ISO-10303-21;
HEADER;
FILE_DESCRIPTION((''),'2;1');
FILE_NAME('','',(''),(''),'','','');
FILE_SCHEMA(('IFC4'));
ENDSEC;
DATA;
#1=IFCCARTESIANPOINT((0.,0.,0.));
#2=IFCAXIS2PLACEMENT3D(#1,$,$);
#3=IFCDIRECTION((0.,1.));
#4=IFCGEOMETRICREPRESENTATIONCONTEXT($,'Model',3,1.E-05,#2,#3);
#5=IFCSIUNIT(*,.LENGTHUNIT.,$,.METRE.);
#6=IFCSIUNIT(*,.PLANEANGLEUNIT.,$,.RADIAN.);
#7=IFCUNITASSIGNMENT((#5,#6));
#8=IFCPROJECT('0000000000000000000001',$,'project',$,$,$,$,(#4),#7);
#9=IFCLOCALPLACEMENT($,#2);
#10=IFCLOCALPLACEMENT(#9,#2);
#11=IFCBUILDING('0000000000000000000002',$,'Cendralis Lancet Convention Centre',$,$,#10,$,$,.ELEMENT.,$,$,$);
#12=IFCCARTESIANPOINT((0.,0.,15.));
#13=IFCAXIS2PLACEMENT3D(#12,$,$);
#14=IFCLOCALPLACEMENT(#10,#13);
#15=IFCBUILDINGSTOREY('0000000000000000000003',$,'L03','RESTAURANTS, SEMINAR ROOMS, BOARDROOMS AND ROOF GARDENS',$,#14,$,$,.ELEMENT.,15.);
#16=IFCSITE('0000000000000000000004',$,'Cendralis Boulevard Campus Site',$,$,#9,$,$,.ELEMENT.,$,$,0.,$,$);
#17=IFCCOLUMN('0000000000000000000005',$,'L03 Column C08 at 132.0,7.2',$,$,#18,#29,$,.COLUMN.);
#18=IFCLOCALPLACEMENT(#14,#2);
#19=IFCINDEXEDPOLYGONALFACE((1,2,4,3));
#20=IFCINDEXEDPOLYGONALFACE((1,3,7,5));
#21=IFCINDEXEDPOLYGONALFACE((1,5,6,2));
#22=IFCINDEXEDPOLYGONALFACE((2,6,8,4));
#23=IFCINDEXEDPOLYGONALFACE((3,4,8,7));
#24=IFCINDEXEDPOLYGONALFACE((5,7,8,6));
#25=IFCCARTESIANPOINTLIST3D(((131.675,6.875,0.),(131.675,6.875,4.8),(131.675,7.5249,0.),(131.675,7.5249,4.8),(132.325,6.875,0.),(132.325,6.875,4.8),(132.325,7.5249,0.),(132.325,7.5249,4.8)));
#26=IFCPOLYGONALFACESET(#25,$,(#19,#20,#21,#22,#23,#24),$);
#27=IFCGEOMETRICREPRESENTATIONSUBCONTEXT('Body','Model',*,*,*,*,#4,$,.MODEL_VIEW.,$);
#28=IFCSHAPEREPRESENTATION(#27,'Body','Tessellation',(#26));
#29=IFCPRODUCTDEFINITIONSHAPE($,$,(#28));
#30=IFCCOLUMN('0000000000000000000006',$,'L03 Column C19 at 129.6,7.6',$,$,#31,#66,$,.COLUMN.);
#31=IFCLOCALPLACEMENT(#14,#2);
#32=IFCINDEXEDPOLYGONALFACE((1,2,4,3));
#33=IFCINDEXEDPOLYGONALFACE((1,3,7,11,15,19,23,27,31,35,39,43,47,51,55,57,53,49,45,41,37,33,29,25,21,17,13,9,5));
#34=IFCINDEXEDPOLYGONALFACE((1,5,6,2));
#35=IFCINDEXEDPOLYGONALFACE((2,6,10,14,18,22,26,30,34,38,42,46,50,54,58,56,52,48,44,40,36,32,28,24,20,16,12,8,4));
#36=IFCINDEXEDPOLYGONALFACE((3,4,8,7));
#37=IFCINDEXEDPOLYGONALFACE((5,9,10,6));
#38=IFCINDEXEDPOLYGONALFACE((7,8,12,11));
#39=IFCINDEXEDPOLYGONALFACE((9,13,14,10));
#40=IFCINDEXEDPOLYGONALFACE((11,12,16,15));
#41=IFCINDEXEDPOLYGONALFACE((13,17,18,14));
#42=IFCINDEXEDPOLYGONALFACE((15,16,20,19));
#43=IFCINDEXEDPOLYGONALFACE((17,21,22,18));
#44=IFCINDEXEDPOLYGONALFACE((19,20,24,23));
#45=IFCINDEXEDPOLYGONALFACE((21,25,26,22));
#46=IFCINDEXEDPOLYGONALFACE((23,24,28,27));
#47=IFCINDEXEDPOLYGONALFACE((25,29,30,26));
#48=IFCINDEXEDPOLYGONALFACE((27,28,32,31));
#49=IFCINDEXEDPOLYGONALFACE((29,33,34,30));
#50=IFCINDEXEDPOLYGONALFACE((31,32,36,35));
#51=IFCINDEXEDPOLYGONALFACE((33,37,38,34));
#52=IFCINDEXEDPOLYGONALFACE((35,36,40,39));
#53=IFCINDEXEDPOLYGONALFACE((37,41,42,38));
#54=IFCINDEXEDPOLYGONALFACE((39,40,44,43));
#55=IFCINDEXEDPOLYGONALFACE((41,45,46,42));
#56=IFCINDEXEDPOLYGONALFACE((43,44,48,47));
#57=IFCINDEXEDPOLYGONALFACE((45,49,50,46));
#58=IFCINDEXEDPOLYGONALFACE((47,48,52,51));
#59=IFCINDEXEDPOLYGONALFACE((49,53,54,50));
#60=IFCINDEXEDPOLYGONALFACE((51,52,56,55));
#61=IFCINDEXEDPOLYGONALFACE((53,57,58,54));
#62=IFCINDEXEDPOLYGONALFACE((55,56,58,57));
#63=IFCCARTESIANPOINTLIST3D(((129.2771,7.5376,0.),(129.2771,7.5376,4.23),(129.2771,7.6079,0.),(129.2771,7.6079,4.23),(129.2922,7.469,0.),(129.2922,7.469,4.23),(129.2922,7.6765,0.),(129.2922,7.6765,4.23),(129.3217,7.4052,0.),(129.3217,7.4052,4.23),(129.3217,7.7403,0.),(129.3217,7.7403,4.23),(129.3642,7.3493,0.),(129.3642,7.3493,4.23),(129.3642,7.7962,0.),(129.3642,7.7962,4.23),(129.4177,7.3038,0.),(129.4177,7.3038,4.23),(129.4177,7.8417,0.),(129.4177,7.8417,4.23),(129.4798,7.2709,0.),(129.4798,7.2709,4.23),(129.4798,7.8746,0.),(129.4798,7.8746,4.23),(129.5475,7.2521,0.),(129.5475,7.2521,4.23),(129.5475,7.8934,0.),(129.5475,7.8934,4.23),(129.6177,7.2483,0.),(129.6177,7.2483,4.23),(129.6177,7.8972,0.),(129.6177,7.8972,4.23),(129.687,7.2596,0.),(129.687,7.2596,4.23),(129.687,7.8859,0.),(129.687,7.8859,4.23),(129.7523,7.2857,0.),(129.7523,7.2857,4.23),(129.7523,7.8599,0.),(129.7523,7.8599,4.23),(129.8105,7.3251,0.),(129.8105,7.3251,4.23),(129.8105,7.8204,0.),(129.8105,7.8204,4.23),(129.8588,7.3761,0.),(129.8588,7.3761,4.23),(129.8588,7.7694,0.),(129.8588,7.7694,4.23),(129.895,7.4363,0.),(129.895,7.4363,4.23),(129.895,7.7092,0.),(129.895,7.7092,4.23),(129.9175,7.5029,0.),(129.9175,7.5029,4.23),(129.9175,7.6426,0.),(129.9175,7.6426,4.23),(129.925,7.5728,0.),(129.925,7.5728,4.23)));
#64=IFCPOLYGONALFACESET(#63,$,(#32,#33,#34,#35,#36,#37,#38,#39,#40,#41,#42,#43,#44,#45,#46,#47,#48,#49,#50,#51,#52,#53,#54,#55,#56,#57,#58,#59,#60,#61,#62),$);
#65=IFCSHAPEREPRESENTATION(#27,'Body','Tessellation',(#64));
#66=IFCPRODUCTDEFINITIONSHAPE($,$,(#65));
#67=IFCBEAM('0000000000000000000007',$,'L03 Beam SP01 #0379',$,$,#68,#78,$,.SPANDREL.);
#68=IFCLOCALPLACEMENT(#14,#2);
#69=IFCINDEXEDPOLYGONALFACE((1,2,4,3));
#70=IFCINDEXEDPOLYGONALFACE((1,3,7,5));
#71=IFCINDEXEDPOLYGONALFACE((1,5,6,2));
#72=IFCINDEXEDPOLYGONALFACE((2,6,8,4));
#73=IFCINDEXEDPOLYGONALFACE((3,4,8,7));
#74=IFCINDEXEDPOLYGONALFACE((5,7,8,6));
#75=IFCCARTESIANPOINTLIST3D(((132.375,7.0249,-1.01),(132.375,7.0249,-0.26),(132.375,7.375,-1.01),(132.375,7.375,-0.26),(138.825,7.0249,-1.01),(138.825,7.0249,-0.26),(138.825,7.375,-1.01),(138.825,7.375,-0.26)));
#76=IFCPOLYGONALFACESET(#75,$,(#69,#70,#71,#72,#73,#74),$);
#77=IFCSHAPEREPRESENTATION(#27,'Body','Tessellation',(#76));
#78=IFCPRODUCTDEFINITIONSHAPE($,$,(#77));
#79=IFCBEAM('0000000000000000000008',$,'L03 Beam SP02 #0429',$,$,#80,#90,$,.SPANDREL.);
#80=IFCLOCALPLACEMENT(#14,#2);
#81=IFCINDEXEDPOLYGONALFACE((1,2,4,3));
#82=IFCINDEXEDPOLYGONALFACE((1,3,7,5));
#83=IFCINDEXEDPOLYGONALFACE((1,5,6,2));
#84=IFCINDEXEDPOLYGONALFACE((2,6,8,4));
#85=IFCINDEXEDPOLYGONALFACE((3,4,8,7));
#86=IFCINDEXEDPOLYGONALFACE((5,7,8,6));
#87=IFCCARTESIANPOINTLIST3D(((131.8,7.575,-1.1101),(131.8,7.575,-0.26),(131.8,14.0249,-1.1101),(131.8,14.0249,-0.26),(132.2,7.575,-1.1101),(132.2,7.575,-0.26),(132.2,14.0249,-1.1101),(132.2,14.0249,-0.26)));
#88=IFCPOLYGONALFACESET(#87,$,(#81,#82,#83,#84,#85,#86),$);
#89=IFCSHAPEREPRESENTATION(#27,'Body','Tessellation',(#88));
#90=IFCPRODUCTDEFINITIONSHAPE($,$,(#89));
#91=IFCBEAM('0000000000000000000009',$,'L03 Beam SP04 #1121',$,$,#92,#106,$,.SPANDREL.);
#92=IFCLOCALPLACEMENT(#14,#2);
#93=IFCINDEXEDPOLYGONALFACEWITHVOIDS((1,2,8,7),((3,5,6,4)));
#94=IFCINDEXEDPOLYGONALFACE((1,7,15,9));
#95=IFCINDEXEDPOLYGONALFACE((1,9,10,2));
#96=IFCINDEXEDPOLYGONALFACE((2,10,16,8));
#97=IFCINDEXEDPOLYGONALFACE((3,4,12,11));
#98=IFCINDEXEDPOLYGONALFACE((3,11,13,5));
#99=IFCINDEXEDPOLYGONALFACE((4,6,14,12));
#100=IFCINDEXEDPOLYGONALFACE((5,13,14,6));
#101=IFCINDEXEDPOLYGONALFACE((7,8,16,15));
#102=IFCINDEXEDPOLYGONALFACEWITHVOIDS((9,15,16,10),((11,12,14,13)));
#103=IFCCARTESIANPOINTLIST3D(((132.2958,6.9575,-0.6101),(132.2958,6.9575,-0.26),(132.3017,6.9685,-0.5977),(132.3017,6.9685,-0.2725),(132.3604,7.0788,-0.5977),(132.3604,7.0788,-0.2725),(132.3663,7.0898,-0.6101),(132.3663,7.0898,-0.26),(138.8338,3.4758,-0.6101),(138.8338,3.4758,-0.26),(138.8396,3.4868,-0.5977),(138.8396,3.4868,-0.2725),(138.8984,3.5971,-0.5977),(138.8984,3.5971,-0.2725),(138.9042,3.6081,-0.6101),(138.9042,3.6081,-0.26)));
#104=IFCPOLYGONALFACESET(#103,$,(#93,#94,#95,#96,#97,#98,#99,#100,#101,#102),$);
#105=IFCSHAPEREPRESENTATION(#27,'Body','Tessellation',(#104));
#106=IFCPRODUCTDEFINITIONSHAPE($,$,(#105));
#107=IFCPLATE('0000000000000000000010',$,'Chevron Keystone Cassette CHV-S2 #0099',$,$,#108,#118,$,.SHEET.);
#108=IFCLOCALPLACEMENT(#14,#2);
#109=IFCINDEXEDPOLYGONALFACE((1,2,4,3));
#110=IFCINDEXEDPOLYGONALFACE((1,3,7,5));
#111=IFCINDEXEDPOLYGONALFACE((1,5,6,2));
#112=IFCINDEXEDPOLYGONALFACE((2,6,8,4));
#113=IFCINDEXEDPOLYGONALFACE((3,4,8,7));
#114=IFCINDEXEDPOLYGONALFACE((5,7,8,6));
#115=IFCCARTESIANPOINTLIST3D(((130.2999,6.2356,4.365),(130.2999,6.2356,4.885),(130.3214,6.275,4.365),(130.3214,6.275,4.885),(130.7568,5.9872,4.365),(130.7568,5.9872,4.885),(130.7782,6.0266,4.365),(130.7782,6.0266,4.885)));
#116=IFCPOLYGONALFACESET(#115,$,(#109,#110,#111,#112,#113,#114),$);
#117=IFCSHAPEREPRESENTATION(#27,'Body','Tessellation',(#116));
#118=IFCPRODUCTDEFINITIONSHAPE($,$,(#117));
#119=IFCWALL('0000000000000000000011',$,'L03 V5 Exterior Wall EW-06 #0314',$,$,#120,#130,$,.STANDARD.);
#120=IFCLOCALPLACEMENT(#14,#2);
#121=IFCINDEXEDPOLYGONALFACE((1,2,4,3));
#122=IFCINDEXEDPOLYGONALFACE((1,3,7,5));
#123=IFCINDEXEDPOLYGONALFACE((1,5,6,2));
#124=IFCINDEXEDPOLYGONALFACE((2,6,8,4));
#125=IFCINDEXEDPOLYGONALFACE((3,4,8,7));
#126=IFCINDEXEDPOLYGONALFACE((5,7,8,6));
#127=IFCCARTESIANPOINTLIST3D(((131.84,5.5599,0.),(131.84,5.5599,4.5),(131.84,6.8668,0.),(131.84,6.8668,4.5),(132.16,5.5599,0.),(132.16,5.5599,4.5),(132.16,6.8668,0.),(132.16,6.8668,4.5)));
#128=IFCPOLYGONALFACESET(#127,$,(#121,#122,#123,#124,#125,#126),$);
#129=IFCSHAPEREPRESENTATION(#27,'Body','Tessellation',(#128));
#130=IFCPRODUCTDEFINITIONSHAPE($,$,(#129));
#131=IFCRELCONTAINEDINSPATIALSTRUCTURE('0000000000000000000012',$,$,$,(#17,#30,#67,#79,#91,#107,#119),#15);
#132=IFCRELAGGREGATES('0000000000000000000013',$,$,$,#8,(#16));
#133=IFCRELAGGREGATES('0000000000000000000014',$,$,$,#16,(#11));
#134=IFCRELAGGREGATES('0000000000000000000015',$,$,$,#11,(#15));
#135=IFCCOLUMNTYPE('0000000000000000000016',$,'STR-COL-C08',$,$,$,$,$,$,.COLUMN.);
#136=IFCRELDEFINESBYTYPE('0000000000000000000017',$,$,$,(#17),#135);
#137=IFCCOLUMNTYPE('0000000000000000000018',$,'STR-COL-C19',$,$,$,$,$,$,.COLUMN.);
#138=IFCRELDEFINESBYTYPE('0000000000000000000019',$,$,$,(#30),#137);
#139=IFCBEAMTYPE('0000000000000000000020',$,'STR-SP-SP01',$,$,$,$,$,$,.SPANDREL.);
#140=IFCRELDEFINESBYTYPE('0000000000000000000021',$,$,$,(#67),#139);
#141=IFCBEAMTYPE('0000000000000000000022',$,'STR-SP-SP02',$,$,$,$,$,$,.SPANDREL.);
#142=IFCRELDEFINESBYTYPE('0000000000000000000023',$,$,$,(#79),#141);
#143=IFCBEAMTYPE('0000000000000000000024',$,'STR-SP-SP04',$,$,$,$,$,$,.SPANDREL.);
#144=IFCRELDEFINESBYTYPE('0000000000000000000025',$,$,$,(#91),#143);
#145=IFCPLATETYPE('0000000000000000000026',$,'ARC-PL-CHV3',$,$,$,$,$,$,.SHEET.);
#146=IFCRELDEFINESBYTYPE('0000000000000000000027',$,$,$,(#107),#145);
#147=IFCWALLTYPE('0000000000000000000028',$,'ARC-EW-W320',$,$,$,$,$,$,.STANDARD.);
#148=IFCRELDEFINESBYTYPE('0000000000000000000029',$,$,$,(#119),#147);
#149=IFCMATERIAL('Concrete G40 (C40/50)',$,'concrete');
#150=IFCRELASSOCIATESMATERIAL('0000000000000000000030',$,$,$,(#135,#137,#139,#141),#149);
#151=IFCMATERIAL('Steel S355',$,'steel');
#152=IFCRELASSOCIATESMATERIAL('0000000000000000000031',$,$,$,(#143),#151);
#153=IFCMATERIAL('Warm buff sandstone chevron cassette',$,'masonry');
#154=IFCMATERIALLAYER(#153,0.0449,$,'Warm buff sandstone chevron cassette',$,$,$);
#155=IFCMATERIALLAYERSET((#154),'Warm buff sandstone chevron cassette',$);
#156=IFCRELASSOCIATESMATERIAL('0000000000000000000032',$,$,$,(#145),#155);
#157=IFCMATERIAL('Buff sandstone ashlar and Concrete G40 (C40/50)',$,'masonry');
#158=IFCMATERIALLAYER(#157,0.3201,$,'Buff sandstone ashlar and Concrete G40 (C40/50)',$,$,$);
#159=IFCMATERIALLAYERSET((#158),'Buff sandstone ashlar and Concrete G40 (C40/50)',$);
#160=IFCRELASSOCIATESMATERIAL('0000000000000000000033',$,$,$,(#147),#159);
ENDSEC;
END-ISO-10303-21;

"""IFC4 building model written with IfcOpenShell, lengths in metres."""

from ifc_helpers import new_model, si_unit, direction, frame, frame_2d, origin, origin_2d, place, context, subcontext, project, spatial, rectangle, hollow_rectangle, circle, extrude, material, layer, layer_set, material_profile, profile_set, type_object, element, save


model = new_model("IFC4")

# Units and contexts
model_context = context("Model", 3, precision=1e-05, world=origin(), true_north=direction((0.0, 1.0)))
body_context = subcontext(model_context, "Body", "Model", "MODEL_VIEW")
ifc_project = project(units=[si_unit("LENGTHUNIT", "METRE"), si_unit("PLANEANGLEUNIT", "RADIAN")], contexts=[model_context])

# Site, building, storey
site_placement = place(None, origin())
site = spatial("IfcSite", under=ifc_project, at=site_placement, Name="Cendralis Boulevard Campus Site", CompositionType="ELEMENT", RefElevation=0.0)
building_placement = place(site_placement, origin())
building = spatial("IfcBuilding", under=site, at=building_placement, Name="Cendralis Lancet Convention Centre", CompositionType="ELEMENT")
storey_placement = place(building_placement, frame((0.0, 0.0, 15.0)))
storey = spatial("IfcBuildingStorey", under=building, at=storey_placement, Name="L03", Description="RESTAURANTS, SEMINAR ROOMS, BOARDROOMS AND ROOF GARDENS", CompositionType="ELEMENT", Elevation=15.0)

# Columns
ifc_material_1 = material(Name="Concrete G40 (C40/50)", Category="concrete")
ifc_material_profile_1 = material_profile(ifc_material_1, rectangle(XDim=0.6499, YDim=0.6499, at=origin_2d()), Name="RC 650x650")
ifc_profile_set_1 = profile_set([ifc_material_profile_1], Name="Concrete G40 (C40/50)")
column_type_1 = type_object("IfcColumnType", Name="STR-COL-C08", PredefinedType="COLUMN", material=ifc_profile_set_1)
column_1_placement = place(storey_placement, frame((132.0, 7.2, 0.0), z_axis=(0.0, 0.0, 1.0), x_axis=(1.0, 0.0, 0.0)))
element("IfcColumn", 1, at=column_1_placement, inside=storey, type_object=column_type_1, Name="L03 Column C08 at 132.0,7.2", PredefinedType="COLUMN", context=body_context, shape_type="SweptSolid", body=[
    extrude(rectangle(XDim=0.6499, YDim=0.6499, at=origin_2d()), origin(), (0.0, 0.0, 1.0), 4.8),
])
ifc_material_profile_2 = material_profile(ifc_material_1, circle(Radius=0.325, at=origin_2d()), Name="RC D650")
ifc_profile_set_2 = profile_set([ifc_material_profile_2], Name="Concrete G40 (C40/50)")
column_type_2 = type_object("IfcColumnType", Name="STR-COL-C19", PredefinedType="COLUMN", material=ifc_profile_set_2)
column_2_placement = place(storey_placement, frame((129.6001, 7.5728, 0.0), z_axis=(0.0, 0.0, 1.0), x_axis=(1.0, 0.0, 0.0)))
element("IfcColumn", 2, at=column_2_placement, inside=storey, type_object=column_type_2, Name="L03 Column C19 at 129.6,7.6", PredefinedType="COLUMN", context=body_context, shape_type="SweptSolid", body=[
    extrude(circle(Radius=0.325, at=origin_2d()), origin(), (0.0, 0.0, 1.0), 4.23),
])

# Beams
ifc_material_profile_3 = material_profile(ifc_material_1, rectangle(XDim=0.3501, YDim=0.75, at=origin_2d()), Name="RCB 350x750")
ifc_profile_set_3 = profile_set([ifc_material_profile_3], Name="Concrete G40 (C40/50)")
beam_type_1 = type_object("IfcBeamType", Name="STR-SP-SP01", PredefinedType="SPANDREL", material=ifc_profile_set_3)
beam_1_placement = place(storey_placement, frame((132.375, 7.2, -0.635), z_axis=(1.0, 0.0, 0.0), x_axis=(0.0, 1.0, 0.0)))
element("IfcBeam", 3, at=beam_1_placement, inside=storey, type_object=beam_type_1, Name="L03 Beam SP01 #0379", PredefinedType="SPANDREL", context=body_context, shape_type="SweptSolid", body=[
    extrude(rectangle(XDim=0.3501, YDim=0.75, at=origin_2d()), origin(), (0.0, 0.0, 1.0), 6.45),
])
ifc_material_profile_4 = material_profile(ifc_material_1, rectangle(XDim=0.3999, YDim=0.8501, at=origin_2d()), Name="RCB 400x850")
ifc_profile_set_4 = profile_set([ifc_material_profile_4], Name="Concrete G40 (C40/50)")
beam_type_2 = type_object("IfcBeamType", Name="STR-SP-SP02", PredefinedType="SPANDREL", material=ifc_profile_set_4)
beam_2_placement = place(storey_placement, frame((132.0, 7.575, -0.6851), z_axis=(0.0, 1.0, 0.0), x_axis=(-1.0, 0.0, 0.0)))
element("IfcBeam", 4, at=beam_2_placement, inside=storey, type_object=beam_type_2, Name="L03 Beam SP02 #0429", PredefinedType="SPANDREL", context=body_context, shape_type="SweptSolid", body=[
    extrude(rectangle(XDim=0.3999, YDim=0.8501, at=origin_2d()), origin(), (0.0, 0.0, 1.0), 6.45),
])
ifc_material_2 = material(Name="Steel S355", Category="steel")
ifc_material_profile_5 = material_profile(ifc_material_2, hollow_rectangle(XDim=0.1499, YDim=0.3501, WallThickness=0.0125, at=origin_2d()), Name="RHS 350x150x12.5")
ifc_profile_set_5 = profile_set([ifc_material_profile_5], Name="Steel S355")
beam_type_3 = type_object("IfcBeamType", Name="STR-SP-SP04", PredefinedType="SPANDREL", material=ifc_profile_set_5)
beam_3_placement = place(storey_placement, frame((132.3311, 7.0237, -0.4351), z_axis=(0.882642, -0.470046, 0.0), x_axis=(0.470046, 0.882642, 0.0)))
element("IfcBeam", 5, at=beam_3_placement, inside=storey, type_object=beam_type_3, Name="L03 Beam SP04 #1121", PredefinedType="SPANDREL", context=body_context, shape_type="SweptSolid", body=[
    extrude(hollow_rectangle(XDim=0.1499, YDim=0.3501, WallThickness=0.0125, at=origin_2d()), origin(), (0.0, 0.0, 1.0), 7.4072),
])

# Plate
ifc_material_3 = material(Name="Warm buff sandstone chevron cassette", Category="masonry")
ifc_layer_1 = layer(ifc_material_3, 0.0449, Name="Warm buff sandstone chevron cassette")
ifc_layer_set_1 = layer_set([ifc_layer_1], Name="Warm buff sandstone chevron cassette")
plate_type = type_object("IfcPlateType", Name="ARC-PL-CHV3", PredefinedType="SHEET", material=ifc_layer_set_1)
plate_placement = place(storey_placement, frame((130.5391, 6.1311, 4.365), z_axis=(0.0, 0.0, 1.0), x_axis=(0.878542, -0.477665, 0.0)))
element("IfcPlate", 6, at=plate_placement, inside=storey, type_object=plate_type, Name="Chevron Keystone Cassette CHV-S2 #0099", PredefinedType="SHEET", context=body_context, shape_type="SweptSolid", body=[
    extrude(rectangle(XDim=0.52, YDim=0.0449, at=origin_2d()), origin(), (0.0, 0.0, 1.0), 0.52),
])

# Wall
ifc_material_4 = material(Name="Buff sandstone ashlar and Concrete G40 (C40/50)", Category="masonry")
ifc_layer_2 = layer(ifc_material_4, 0.3201, Name="Buff sandstone ashlar and Concrete G40 (C40/50)")
ifc_layer_set_2 = layer_set([ifc_layer_2], Name="Buff sandstone ashlar and Concrete G40 (C40/50)")
wall_type_1 = type_object("IfcWallType", Name="ARC-EW-W320", PredefinedType="STANDARD", material=ifc_layer_set_2)
wall_1_placement = place(storey_placement, frame((132.0, 5.5601, 0.0), z_axis=(0.0, 0.0, 1.0), x_axis=(0.0, 1.0, 0.0)))
element("IfcWall", 7, at=wall_1_placement, inside=storey, type_object=wall_type_1, Name="L03 V5 Exterior Wall EW-06 #0314", PredefinedType="STANDARD", context=body_context, shape_type="SweptSolid", body=[
    extrude(rectangle(XDim=1.3069, YDim=0.3201, at=frame_2d((0.6533, 0.0))), origin(), (0.0, 0.0, 1.0), 4.5),
])

save(model, "model.ifc")
